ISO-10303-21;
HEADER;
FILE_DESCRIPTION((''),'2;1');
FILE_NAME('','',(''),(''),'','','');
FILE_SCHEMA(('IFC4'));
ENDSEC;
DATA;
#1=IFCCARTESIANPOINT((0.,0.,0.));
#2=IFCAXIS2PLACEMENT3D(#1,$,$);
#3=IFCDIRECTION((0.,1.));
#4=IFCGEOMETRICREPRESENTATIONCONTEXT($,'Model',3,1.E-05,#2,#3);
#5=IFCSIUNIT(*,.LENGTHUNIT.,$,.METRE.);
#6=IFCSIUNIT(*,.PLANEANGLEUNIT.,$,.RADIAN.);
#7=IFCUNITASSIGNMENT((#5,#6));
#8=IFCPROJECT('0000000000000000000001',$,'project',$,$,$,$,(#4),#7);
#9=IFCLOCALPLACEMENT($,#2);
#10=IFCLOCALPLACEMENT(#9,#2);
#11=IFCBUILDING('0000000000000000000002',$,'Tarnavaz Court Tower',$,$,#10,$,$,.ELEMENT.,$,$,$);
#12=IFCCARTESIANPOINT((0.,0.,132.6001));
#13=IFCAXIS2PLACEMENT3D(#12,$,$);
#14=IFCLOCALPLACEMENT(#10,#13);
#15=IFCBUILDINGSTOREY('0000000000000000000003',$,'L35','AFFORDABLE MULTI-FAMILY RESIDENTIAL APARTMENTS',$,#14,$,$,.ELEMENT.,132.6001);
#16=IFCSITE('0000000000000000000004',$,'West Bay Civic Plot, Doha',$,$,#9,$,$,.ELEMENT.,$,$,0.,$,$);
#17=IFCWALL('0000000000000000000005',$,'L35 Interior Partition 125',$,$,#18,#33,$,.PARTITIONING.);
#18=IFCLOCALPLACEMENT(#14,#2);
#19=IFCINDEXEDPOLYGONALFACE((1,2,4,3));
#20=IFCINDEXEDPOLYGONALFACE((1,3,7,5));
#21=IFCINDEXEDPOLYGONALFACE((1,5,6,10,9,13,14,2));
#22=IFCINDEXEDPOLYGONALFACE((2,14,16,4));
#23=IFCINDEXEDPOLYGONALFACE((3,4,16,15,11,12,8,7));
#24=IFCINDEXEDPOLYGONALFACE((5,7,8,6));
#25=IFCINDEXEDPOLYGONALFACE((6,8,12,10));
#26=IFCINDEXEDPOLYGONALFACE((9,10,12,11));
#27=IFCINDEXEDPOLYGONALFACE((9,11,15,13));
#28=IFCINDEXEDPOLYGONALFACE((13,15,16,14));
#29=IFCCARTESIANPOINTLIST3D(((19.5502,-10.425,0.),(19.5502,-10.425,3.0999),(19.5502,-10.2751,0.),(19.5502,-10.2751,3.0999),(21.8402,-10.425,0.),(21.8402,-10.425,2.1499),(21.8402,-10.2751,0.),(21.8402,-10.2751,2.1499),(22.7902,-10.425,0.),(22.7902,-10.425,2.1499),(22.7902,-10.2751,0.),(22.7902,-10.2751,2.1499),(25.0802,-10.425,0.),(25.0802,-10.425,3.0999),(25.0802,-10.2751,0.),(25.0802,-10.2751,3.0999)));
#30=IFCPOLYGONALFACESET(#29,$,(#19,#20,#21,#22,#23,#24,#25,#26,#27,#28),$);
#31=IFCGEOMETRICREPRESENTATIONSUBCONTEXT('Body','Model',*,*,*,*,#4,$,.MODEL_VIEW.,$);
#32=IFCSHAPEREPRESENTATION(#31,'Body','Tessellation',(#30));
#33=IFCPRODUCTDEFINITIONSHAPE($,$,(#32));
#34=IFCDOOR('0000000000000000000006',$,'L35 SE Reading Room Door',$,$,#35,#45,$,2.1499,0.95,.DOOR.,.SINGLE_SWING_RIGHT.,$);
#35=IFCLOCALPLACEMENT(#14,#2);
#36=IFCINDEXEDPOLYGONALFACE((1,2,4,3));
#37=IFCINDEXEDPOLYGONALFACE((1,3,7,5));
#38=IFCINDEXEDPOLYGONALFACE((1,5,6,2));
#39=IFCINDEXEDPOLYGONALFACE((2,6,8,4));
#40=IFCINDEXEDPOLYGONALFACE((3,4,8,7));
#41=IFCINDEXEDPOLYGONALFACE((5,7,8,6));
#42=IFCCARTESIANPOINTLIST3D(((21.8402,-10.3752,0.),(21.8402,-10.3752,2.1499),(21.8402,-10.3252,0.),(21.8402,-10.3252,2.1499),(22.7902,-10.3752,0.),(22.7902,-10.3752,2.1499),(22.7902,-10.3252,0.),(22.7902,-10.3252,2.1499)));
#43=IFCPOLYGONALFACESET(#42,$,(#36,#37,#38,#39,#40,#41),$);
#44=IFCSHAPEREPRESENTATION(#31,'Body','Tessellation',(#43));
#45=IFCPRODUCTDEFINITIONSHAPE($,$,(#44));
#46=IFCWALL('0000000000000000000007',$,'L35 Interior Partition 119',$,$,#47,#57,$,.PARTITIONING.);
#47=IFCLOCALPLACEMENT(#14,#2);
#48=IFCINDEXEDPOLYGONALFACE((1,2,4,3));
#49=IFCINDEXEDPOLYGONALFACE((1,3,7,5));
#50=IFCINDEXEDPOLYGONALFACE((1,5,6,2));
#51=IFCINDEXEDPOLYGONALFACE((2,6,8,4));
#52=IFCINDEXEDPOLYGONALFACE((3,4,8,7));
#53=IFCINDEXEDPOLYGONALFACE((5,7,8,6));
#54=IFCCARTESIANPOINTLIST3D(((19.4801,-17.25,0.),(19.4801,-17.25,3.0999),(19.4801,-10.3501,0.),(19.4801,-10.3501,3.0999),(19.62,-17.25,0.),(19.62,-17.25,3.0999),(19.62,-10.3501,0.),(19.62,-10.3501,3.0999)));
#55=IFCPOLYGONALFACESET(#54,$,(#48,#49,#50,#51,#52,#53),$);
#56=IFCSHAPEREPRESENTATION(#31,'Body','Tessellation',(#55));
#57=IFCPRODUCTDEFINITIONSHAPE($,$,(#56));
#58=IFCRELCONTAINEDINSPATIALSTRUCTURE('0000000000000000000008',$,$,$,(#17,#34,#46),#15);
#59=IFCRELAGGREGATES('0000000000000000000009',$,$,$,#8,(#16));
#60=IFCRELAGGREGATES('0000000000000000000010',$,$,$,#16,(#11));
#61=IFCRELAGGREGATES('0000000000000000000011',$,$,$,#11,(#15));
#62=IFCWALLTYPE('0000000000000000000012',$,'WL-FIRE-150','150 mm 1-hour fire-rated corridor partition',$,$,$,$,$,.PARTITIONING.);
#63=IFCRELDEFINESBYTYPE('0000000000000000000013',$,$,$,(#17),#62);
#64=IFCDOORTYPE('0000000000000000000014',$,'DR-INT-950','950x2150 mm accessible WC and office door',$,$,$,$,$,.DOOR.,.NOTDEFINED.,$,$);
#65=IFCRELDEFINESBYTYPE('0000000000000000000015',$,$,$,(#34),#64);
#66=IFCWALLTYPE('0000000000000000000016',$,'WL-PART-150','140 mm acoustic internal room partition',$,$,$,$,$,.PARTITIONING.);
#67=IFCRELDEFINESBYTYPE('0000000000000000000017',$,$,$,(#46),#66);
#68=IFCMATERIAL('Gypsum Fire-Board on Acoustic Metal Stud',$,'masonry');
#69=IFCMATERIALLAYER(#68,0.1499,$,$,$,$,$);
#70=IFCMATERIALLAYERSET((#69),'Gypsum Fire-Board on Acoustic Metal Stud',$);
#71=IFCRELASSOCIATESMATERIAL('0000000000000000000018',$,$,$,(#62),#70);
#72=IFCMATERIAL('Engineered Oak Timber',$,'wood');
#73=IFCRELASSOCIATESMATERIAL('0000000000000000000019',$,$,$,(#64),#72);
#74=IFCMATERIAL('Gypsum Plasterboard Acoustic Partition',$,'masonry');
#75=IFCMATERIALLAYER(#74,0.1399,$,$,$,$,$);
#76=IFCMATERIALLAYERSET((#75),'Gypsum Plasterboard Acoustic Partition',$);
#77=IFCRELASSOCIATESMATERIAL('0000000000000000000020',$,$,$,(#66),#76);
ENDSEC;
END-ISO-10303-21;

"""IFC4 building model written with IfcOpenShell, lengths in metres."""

from ifc_helpers import new_model, si_unit, direction, frame, frame_2d, origin, place, context, subcontext, project, spatial, rectangle, extrude, material, layer, layer_set, type_object, element, fill, save


model = new_model("IFC4")

# Units and contexts
model_context = context("Model", 3, precision=1e-05, world=origin(), true_north=direction((0.0, 1.0)))
body_context = subcontext(model_context, "Body", "Model", "MODEL_VIEW")
ifc_project = project(units=[si_unit("LENGTHUNIT", "METRE"), si_unit("PLANEANGLEUNIT", "RADIAN")], contexts=[model_context])

# Site, building, storey
site_placement = place(None, origin())
site = spatial("IfcSite", under=ifc_project, at=site_placement, Name="West Bay Civic Plot, Doha", CompositionType="ELEMENT", RefElevation=0.0)
building_placement = place(site_placement, origin())
building = spatial("IfcBuilding", under=site, at=building_placement, Name="Tarnavaz Court Tower", CompositionType="ELEMENT")
storey_placement = place(building_placement, frame((0.0, 0.0, 132.6001)))
storey = spatial("IfcBuildingStorey", under=building, at=storey_placement, Name="L35", Description="AFFORDABLE MULTI-FAMILY RESIDENTIAL APARTMENTS", CompositionType="ELEMENT", Elevation=132.6001)

# Wall, opening, door
ifc_material_1 = material(Name="Gypsum Fire-Board on Acoustic Metal Stud", Category="masonry")
ifc_layer_1 = layer(ifc_material_1, 0.1499)
ifc_layer_set_1 = layer_set([ifc_layer_1], Name="Gypsum Fire-Board on Acoustic Metal Stud")
wall_type_1 = type_object("IfcWallType", Name="WL-FIRE-150", Description="150 mm 1-hour fire-rated corridor partition", PredefinedType="PARTITIONING", material=ifc_layer_set_1)
wall_1_placement = place(storey_placement, frame((19.55, -10.3501, 0.0), z_axis=(0.0, 0.0, 1.0), x_axis=(1.0, 0.0, 0.0)))
wall_1 = element("IfcWall", 1, at=wall_1_placement, inside=storey, type_object=wall_type_1, Name="L35 Interior Partition 125", PredefinedType="PARTITIONING", context=body_context, shape_type="SweptSolid", body=[
    extrude(rectangle(XDim=5.53, YDim=0.1499, at=frame_2d((2.7651, 0.0))), origin(), (0.0, 0.0, 1.0), 3.0999),
])
opening_1_placement = place(wall_1_placement, frame((2.29, 0.0, 0.0)))
opening_1 = element("IfcOpeningElement", 2, at=opening_1_placement, cuts=wall_1, PredefinedType="OPENING", context=body_context, shape_type="SweptSolid", body=[
    extrude(rectangle(XDim=0.95, YDim=2.1499, at=frame_2d((0.4751, 1.075))), frame((0.0, 0.085, 0.0), z_axis=(0.0, -1.0, 0.0), x_axis=(1.0, 0.0, 0.0)), (0.0, 0.0, 1.0), 0.1699),
])
ifc_material_2 = material(Name="Engineered Oak Timber", Category="wood")
door_type_1 = type_object("IfcDoorType", Name="DR-INT-950", Description="950x2150 mm accessible WC and office door", OperationType="NOTDEFINED", PredefinedType="DOOR", material=ifc_material_2)
door_1_placement = place(opening_1_placement, origin())
door_1 = element("IfcDoor", 3, at=door_1_placement, inside=storey, type_object=door_type_1, Name="L35 SE Reading Room Door", OperationType="SINGLE_SWING_RIGHT", OverallHeight=2.1499, OverallWidth=0.95, PredefinedType="DOOR", context=body_context, shape_type="SweptSolid", body=[
    extrude(rectangle(XDim=0.95, YDim=2.1499, at=frame_2d((0.4751, 1.075))), frame((0.0, 0.0249, 0.0), z_axis=(0.0, -1.0, 0.0), x_axis=(1.0, 0.0, 0.0)), (0.0, 0.0, 1.0), 0.05),
])
fill(opening_1, door_1)

# Wall
ifc_material_3 = material(Name="Gypsum Plasterboard Acoustic Partition", Category="masonry")
ifc_layer_2 = layer(ifc_material_3, 0.1399)
ifc_layer_set_2 = layer_set([ifc_layer_2], Name="Gypsum Plasterboard Acoustic Partition")
wall_type_2 = type_object("IfcWallType", Name="WL-PART-150", Description="140 mm acoustic internal room partition", PredefinedType="PARTITIONING", material=ifc_layer_set_2)
wall_2_placement = place(storey_placement, frame((19.55, -17.25, 0.0), z_axis=(0.0, 0.0, 1.0), x_axis=(0.0, 1.0, 0.0)))
element("IfcWall", 4, at=wall_2_placement, inside=storey, type_object=wall_type_2, Name="L35 Interior Partition 119", PredefinedType="PARTITIONING", context=body_context, shape_type="SweptSolid", body=[
    extrude(rectangle(XDim=6.8999, YDim=0.1399, at=frame_2d((3.45, 0.0))), origin(), (0.0, 0.0, 1.0), 3.0999),
])

save(model, "model.ifc")
